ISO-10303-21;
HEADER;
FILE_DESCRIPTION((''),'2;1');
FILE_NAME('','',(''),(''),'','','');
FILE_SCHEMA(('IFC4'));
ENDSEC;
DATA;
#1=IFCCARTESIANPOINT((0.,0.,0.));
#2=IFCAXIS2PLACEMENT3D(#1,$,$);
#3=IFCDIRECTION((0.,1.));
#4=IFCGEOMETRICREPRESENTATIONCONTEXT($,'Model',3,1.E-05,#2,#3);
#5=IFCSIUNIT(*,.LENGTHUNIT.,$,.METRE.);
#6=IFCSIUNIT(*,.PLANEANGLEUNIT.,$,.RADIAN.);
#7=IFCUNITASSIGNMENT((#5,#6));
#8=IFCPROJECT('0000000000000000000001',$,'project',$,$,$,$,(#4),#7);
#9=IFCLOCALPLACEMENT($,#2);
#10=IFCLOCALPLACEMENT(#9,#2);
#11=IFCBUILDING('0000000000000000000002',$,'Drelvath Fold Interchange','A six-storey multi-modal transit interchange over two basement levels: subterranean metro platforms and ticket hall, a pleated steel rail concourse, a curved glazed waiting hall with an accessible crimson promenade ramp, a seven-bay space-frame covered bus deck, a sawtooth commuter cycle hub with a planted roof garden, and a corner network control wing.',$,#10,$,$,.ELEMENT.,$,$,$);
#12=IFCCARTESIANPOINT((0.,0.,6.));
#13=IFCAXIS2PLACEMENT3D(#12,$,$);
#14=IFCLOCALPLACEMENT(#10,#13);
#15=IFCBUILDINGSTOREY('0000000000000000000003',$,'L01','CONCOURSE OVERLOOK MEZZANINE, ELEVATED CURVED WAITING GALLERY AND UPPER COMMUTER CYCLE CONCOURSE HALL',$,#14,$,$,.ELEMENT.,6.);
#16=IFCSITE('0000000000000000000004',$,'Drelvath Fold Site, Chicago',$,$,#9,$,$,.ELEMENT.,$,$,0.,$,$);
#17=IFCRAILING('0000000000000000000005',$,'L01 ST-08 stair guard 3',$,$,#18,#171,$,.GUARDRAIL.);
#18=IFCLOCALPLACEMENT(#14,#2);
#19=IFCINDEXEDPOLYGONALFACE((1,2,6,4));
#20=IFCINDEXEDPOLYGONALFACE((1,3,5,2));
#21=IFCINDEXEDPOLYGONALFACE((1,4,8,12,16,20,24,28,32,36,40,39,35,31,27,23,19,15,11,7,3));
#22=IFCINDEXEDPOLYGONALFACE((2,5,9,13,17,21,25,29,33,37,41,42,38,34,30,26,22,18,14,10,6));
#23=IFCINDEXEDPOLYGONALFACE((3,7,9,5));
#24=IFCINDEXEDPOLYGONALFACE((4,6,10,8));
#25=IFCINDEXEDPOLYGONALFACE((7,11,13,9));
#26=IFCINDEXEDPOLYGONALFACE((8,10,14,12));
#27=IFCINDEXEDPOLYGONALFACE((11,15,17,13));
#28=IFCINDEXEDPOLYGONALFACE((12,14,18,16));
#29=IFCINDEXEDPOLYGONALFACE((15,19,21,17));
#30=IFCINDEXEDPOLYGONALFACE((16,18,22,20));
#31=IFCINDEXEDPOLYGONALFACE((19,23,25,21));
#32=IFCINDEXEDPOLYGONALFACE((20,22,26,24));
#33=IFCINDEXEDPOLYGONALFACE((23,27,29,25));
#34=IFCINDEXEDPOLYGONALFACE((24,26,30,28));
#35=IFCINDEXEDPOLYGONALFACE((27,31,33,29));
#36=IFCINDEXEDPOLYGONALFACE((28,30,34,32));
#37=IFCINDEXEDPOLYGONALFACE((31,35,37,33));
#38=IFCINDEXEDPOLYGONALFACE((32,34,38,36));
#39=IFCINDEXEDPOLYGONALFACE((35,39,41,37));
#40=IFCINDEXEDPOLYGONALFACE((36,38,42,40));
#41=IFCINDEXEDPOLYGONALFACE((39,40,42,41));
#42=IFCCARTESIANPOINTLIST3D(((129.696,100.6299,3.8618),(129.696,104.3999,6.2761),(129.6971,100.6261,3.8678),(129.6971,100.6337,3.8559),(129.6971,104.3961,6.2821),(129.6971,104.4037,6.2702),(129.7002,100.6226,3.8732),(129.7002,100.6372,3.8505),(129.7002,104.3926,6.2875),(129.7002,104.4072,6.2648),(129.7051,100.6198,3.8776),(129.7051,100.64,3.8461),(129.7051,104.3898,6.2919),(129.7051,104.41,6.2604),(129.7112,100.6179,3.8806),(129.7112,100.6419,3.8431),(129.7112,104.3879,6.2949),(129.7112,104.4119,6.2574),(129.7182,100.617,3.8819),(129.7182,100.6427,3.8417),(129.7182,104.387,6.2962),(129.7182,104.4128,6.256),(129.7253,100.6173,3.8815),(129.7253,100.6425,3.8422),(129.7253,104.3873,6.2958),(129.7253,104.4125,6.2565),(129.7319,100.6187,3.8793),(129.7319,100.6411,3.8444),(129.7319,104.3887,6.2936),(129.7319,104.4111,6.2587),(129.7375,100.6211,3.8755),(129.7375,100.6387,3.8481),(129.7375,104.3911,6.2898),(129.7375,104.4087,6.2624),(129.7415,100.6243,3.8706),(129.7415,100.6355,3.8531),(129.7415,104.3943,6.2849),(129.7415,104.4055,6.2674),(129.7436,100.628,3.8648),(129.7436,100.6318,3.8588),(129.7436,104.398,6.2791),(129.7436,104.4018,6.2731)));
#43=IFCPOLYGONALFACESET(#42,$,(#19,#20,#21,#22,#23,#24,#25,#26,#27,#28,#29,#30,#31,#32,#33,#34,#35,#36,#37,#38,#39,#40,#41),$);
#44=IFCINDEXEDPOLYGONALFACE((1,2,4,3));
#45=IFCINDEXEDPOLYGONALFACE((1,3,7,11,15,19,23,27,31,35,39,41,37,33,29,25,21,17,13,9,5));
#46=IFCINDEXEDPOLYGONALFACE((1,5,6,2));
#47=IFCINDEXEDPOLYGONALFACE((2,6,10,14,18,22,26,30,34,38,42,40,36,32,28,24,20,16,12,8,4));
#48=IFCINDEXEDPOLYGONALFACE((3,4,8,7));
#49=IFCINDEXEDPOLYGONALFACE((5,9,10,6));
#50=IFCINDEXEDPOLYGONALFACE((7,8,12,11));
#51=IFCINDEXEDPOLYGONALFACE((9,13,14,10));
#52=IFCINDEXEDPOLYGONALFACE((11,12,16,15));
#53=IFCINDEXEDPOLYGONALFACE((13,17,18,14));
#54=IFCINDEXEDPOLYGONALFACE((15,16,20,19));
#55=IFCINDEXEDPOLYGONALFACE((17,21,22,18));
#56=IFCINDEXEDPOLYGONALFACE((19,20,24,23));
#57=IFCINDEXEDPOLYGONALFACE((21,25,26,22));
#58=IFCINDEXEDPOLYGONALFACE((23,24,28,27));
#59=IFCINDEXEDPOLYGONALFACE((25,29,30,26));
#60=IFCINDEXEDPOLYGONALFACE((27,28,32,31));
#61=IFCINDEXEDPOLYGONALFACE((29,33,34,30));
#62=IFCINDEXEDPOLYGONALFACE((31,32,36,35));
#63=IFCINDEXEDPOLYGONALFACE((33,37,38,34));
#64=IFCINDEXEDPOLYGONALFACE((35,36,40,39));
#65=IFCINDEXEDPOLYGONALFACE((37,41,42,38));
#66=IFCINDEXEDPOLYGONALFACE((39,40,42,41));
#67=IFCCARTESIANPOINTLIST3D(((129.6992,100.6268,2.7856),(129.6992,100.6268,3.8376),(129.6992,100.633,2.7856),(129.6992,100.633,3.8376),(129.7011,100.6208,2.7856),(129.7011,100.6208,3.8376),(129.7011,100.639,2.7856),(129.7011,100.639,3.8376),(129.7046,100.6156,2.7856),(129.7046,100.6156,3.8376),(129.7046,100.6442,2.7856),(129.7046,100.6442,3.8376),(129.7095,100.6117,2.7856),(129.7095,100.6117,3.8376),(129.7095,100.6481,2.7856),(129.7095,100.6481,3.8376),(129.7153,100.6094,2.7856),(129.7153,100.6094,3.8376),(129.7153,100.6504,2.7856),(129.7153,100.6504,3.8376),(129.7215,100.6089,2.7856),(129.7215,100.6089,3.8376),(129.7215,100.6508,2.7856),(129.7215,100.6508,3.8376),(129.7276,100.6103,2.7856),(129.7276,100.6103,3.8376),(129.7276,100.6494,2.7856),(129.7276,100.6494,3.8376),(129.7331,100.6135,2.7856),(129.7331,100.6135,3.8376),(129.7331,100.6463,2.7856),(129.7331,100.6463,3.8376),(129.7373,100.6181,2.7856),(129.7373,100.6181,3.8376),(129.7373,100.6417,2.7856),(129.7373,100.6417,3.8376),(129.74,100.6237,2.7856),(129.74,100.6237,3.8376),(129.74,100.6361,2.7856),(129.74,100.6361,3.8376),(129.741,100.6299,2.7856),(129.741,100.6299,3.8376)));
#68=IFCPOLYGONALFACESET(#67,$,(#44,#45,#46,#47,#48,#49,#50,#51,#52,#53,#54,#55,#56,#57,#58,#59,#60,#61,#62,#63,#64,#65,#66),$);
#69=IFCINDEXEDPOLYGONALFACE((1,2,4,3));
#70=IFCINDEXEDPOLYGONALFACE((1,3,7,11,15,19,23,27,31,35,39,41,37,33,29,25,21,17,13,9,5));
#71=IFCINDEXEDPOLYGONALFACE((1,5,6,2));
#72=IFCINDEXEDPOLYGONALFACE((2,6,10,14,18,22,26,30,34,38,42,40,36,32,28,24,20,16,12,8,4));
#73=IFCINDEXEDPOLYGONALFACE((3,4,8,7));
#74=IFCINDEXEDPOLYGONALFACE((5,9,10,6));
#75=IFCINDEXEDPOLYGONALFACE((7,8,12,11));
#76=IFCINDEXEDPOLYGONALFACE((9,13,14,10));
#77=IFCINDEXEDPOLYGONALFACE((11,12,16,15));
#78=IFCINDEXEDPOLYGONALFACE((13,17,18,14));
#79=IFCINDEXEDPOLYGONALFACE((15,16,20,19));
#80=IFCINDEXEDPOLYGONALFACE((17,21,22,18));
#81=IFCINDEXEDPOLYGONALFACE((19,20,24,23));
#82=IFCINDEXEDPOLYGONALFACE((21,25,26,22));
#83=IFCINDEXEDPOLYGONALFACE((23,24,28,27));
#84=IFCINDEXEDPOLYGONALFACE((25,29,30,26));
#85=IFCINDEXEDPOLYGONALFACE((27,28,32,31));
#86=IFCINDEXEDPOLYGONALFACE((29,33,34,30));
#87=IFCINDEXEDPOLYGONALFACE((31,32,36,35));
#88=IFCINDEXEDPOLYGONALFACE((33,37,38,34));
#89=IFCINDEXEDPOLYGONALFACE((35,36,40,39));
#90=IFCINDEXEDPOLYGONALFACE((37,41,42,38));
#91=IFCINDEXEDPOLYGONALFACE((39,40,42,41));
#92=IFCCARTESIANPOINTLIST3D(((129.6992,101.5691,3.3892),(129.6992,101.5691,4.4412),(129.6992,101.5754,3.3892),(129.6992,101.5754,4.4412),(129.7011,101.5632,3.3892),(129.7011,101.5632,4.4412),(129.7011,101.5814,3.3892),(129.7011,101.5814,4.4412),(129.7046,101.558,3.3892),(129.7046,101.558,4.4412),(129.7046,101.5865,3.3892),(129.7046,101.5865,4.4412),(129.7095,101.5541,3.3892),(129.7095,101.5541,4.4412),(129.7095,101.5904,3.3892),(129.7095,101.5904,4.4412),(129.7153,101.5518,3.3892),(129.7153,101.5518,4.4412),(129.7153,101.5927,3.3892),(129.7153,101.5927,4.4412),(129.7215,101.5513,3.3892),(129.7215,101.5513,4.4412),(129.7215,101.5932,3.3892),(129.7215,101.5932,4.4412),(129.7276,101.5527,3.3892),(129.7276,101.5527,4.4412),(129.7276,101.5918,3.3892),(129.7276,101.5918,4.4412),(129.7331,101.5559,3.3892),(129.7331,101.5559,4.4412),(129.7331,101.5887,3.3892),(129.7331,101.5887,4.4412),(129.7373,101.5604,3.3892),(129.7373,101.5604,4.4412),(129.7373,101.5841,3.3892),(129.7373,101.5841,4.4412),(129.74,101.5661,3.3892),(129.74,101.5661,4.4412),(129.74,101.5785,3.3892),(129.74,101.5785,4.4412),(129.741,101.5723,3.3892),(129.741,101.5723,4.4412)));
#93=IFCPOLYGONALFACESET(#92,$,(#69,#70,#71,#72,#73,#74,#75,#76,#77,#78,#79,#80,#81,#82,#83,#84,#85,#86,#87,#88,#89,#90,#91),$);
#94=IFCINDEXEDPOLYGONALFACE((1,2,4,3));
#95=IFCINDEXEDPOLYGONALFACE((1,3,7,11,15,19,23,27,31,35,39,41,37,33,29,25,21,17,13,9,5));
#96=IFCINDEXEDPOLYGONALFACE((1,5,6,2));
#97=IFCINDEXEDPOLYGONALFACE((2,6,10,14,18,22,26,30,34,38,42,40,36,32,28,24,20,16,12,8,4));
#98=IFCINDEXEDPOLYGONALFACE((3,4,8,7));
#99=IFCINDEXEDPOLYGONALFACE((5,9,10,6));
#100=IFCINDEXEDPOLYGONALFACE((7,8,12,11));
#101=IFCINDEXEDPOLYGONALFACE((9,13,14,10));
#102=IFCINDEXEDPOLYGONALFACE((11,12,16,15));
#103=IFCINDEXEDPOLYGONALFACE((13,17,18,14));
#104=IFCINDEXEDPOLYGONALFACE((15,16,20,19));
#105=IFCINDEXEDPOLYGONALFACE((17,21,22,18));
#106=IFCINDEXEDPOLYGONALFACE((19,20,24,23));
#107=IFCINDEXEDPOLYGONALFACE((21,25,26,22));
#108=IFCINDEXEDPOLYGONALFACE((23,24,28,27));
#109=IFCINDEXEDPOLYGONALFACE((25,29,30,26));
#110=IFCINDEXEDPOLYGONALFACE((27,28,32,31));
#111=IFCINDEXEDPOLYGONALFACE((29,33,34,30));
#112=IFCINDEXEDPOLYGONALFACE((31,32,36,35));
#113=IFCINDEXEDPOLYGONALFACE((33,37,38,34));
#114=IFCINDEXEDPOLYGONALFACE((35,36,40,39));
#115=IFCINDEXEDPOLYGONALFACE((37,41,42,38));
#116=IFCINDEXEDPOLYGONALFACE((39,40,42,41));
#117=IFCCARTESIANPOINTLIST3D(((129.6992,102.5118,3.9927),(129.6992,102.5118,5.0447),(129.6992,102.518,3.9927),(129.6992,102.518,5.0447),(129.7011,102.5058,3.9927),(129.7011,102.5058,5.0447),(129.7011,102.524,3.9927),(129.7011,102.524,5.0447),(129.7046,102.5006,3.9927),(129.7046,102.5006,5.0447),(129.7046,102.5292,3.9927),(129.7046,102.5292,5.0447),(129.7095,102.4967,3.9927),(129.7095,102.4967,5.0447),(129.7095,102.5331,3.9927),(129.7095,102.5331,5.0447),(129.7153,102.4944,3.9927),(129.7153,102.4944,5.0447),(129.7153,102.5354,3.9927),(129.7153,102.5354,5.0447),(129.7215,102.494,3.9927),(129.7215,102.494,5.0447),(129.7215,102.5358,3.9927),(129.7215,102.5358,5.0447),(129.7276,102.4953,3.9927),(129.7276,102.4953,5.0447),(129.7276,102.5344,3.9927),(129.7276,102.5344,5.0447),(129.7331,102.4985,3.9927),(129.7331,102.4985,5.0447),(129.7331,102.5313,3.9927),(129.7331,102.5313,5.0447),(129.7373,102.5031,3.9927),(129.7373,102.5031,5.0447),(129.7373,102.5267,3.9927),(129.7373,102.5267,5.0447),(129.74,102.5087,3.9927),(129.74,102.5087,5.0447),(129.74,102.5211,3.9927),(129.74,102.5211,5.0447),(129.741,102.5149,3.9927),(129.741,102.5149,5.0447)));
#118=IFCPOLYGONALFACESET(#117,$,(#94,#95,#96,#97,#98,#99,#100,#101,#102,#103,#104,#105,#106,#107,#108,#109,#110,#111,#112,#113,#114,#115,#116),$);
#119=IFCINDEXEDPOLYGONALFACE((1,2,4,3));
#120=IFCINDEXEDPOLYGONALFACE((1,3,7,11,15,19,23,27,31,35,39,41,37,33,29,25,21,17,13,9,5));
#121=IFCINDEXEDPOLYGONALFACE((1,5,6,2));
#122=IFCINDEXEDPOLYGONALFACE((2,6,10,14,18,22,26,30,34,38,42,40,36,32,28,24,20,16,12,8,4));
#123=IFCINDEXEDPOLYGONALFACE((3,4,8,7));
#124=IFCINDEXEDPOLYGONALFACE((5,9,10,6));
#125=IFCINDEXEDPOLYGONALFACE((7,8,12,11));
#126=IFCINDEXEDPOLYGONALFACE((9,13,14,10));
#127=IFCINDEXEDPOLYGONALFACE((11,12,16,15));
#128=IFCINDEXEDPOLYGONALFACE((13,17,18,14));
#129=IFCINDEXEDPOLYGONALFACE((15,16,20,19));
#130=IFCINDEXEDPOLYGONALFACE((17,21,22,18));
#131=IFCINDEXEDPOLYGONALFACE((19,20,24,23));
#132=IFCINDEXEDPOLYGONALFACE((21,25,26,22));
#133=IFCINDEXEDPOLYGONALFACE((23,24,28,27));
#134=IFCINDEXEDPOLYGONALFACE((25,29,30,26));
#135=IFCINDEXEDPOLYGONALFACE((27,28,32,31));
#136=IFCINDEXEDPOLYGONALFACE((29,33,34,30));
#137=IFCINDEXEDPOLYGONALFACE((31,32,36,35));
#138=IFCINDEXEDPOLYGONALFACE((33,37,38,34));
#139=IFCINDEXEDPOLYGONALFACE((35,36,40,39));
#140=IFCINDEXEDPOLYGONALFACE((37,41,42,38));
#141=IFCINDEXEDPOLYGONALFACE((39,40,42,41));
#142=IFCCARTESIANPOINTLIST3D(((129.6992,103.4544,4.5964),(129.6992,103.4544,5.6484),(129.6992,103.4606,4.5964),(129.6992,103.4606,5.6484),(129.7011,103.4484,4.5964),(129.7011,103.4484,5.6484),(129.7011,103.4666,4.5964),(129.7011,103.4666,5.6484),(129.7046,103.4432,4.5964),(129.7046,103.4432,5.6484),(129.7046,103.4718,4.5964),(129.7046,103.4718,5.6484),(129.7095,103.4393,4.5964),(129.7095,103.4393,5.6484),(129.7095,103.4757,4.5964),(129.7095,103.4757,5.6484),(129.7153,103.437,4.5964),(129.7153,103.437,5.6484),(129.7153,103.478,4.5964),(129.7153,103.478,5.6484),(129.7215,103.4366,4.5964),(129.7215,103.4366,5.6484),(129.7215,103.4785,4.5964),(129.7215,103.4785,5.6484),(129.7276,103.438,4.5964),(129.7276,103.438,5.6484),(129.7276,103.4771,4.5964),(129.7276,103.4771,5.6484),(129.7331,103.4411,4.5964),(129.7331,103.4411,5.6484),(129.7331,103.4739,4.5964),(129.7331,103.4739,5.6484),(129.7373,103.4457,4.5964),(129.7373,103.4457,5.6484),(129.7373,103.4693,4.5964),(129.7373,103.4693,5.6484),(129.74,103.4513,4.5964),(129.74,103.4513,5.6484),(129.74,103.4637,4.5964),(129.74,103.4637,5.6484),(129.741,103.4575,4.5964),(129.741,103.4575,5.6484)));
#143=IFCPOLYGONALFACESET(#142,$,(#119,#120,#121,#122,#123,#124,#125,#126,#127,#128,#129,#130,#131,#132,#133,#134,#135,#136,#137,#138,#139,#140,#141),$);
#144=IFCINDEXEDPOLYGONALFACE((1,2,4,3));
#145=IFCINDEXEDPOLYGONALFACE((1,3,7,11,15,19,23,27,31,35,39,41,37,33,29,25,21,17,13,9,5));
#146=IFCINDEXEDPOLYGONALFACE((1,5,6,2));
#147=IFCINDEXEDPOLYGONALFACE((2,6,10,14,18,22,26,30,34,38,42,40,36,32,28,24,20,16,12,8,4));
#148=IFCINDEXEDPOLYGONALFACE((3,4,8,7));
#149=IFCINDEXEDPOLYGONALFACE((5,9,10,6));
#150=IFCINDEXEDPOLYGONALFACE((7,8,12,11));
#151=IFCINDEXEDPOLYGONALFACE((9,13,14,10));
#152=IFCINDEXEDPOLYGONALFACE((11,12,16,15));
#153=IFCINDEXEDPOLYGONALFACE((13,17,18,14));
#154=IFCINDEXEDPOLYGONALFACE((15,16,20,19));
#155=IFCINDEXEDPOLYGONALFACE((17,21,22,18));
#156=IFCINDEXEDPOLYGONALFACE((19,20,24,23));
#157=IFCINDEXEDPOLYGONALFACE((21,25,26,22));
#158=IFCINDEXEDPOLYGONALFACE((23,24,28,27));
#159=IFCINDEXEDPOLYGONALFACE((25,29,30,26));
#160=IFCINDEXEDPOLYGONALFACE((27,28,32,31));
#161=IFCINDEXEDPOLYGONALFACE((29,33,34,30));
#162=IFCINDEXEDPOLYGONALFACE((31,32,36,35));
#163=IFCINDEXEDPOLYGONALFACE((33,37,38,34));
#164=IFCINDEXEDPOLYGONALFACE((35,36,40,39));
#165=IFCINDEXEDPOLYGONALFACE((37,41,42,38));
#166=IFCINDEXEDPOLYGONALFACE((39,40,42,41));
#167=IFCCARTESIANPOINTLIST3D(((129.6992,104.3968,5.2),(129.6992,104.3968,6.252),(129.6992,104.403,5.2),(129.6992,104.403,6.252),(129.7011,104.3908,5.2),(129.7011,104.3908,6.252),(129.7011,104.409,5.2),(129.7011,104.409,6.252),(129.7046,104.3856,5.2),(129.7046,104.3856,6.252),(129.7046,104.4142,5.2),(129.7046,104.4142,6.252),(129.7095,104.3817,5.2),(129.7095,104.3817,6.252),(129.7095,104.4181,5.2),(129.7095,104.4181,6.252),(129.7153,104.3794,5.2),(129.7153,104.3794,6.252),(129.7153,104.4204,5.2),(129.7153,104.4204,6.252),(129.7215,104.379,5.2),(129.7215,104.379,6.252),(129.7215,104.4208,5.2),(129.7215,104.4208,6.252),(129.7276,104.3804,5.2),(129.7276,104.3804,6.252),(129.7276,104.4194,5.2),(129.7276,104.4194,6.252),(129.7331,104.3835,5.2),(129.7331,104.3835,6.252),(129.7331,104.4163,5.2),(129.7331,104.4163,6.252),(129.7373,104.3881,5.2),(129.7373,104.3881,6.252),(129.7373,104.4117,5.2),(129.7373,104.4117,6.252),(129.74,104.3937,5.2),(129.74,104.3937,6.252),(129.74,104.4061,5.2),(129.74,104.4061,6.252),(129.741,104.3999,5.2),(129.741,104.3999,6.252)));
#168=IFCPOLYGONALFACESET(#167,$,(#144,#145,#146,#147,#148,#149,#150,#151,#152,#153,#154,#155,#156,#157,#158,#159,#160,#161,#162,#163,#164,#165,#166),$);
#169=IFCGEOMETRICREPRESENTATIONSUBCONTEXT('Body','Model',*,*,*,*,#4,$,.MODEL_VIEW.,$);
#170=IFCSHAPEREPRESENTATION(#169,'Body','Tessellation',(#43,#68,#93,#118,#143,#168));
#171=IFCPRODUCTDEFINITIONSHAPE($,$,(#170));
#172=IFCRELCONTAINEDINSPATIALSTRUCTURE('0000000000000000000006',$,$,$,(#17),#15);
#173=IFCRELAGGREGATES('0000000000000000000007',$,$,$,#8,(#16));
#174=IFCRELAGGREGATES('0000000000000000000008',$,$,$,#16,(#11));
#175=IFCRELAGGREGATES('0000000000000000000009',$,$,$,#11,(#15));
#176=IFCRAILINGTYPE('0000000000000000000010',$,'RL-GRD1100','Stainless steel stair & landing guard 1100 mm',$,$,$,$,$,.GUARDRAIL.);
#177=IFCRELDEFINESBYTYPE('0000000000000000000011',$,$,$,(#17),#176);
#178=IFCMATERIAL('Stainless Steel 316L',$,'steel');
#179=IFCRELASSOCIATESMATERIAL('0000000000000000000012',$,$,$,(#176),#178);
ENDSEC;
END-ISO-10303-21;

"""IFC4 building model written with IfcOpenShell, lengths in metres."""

from ifc_helpers import new_model, si_unit, direction, frame, origin, origin_2d, place, context, subcontext, project, spatial, circle, extrude, material, type_object, element, save


model = new_model("IFC4")

# Units and contexts
model_context = context("Model", 3, precision=1e-05, world=origin(), true_north=direction((0.0, 1.0)))
body_context = subcontext(model_context, "Body", "Model", "MODEL_VIEW")
ifc_project = project(units=[si_unit("LENGTHUNIT", "METRE"), si_unit("PLANEANGLEUNIT", "RADIAN")], contexts=[model_context])

# Site, building, storey
site_placement = place(None, origin())
site = spatial("IfcSite", under=ifc_project, at=site_placement, Name="Drelvath Fold Site, Chicago", CompositionType="ELEMENT", RefElevation=0.0)
building_placement = place(site_placement, origin())
building = spatial("IfcBuilding", under=site, at=building_placement, Name="Drelvath Fold Interchange", Description="A six-storey multi-modal transit interchange over two basement levels: subterranean metro platforms and ticket hall, a pleated steel rail concourse, a curved glazed waiting hall with an accessible crimson promenade ramp, a seven-bay space-frame covered bus deck, a sawtooth commuter cycle hub with a planted roof garden, and a corner network control wing.", CompositionType="ELEMENT")
storey_placement = place(building_placement, frame((0.0, 0.0, 6.0)))
storey = spatial("IfcBuildingStorey", under=building, at=storey_placement, Name="L01", Description="CONCOURSE OVERLOOK MEZZANINE, ELEVATED CURVED WAITING GALLERY AND UPPER COMMUTER CYCLE CONCOURSE HALL", CompositionType="ELEMENT", Elevation=6.0)

# Railing
ifc_material_1 = material(Name="Stainless Steel 316L", Category="steel")
railing_type_1 = type_object("IfcRailingType", Name="RL-GRD1100", Description="Stainless steel stair & landing guard 1100 mm", PredefinedType="GUARDRAIL", material=ifc_material_1)
railing_1_placement = place(storey_placement, frame((129.72, 100.6299, 2.7856)))
element("IfcRailing", 1, at=railing_1_placement, inside=storey, type_object=railing_type_1, Name="L01 ST-08 stair guard 3", PredefinedType="GUARDRAIL", context=body_context, shape_type="SweptSolid", body=[
    extrude(circle(Radius=0.0239, at=origin_2d()), frame((0.0, 0.0, 1.0762), z_axis=(0.0, 0.84212, 0.53929), x_axis=(-1.0, 0.0, 0.0)), (0.0, 0.0, 1.0), 4.4768),
    extrude(circle(Radius=0.021, at=origin_2d()), origin(), (0.0, 0.0, 1.0), 1.052),
    extrude(circle(Radius=0.021, at=origin_2d()), frame((0.0, 0.9424, 0.6035)), (0.0, 0.0, 1.0), 1.052),
    extrude(circle(Radius=0.021, at=origin_2d()), frame((0.0, 1.885, 1.207)), (0.0, 0.0, 1.0), 1.052),
    extrude(circle(Radius=0.021, at=origin_2d()), frame((0.0, 2.8276, 1.8108)), (0.0, 0.0, 1.0), 1.052),
    extrude(circle(Radius=0.021, at=origin_2d()), frame((0.0, 3.77, 2.4143)), (0.0, 0.0, 1.0), 1.052),
])

save(model, "model.ifc")
